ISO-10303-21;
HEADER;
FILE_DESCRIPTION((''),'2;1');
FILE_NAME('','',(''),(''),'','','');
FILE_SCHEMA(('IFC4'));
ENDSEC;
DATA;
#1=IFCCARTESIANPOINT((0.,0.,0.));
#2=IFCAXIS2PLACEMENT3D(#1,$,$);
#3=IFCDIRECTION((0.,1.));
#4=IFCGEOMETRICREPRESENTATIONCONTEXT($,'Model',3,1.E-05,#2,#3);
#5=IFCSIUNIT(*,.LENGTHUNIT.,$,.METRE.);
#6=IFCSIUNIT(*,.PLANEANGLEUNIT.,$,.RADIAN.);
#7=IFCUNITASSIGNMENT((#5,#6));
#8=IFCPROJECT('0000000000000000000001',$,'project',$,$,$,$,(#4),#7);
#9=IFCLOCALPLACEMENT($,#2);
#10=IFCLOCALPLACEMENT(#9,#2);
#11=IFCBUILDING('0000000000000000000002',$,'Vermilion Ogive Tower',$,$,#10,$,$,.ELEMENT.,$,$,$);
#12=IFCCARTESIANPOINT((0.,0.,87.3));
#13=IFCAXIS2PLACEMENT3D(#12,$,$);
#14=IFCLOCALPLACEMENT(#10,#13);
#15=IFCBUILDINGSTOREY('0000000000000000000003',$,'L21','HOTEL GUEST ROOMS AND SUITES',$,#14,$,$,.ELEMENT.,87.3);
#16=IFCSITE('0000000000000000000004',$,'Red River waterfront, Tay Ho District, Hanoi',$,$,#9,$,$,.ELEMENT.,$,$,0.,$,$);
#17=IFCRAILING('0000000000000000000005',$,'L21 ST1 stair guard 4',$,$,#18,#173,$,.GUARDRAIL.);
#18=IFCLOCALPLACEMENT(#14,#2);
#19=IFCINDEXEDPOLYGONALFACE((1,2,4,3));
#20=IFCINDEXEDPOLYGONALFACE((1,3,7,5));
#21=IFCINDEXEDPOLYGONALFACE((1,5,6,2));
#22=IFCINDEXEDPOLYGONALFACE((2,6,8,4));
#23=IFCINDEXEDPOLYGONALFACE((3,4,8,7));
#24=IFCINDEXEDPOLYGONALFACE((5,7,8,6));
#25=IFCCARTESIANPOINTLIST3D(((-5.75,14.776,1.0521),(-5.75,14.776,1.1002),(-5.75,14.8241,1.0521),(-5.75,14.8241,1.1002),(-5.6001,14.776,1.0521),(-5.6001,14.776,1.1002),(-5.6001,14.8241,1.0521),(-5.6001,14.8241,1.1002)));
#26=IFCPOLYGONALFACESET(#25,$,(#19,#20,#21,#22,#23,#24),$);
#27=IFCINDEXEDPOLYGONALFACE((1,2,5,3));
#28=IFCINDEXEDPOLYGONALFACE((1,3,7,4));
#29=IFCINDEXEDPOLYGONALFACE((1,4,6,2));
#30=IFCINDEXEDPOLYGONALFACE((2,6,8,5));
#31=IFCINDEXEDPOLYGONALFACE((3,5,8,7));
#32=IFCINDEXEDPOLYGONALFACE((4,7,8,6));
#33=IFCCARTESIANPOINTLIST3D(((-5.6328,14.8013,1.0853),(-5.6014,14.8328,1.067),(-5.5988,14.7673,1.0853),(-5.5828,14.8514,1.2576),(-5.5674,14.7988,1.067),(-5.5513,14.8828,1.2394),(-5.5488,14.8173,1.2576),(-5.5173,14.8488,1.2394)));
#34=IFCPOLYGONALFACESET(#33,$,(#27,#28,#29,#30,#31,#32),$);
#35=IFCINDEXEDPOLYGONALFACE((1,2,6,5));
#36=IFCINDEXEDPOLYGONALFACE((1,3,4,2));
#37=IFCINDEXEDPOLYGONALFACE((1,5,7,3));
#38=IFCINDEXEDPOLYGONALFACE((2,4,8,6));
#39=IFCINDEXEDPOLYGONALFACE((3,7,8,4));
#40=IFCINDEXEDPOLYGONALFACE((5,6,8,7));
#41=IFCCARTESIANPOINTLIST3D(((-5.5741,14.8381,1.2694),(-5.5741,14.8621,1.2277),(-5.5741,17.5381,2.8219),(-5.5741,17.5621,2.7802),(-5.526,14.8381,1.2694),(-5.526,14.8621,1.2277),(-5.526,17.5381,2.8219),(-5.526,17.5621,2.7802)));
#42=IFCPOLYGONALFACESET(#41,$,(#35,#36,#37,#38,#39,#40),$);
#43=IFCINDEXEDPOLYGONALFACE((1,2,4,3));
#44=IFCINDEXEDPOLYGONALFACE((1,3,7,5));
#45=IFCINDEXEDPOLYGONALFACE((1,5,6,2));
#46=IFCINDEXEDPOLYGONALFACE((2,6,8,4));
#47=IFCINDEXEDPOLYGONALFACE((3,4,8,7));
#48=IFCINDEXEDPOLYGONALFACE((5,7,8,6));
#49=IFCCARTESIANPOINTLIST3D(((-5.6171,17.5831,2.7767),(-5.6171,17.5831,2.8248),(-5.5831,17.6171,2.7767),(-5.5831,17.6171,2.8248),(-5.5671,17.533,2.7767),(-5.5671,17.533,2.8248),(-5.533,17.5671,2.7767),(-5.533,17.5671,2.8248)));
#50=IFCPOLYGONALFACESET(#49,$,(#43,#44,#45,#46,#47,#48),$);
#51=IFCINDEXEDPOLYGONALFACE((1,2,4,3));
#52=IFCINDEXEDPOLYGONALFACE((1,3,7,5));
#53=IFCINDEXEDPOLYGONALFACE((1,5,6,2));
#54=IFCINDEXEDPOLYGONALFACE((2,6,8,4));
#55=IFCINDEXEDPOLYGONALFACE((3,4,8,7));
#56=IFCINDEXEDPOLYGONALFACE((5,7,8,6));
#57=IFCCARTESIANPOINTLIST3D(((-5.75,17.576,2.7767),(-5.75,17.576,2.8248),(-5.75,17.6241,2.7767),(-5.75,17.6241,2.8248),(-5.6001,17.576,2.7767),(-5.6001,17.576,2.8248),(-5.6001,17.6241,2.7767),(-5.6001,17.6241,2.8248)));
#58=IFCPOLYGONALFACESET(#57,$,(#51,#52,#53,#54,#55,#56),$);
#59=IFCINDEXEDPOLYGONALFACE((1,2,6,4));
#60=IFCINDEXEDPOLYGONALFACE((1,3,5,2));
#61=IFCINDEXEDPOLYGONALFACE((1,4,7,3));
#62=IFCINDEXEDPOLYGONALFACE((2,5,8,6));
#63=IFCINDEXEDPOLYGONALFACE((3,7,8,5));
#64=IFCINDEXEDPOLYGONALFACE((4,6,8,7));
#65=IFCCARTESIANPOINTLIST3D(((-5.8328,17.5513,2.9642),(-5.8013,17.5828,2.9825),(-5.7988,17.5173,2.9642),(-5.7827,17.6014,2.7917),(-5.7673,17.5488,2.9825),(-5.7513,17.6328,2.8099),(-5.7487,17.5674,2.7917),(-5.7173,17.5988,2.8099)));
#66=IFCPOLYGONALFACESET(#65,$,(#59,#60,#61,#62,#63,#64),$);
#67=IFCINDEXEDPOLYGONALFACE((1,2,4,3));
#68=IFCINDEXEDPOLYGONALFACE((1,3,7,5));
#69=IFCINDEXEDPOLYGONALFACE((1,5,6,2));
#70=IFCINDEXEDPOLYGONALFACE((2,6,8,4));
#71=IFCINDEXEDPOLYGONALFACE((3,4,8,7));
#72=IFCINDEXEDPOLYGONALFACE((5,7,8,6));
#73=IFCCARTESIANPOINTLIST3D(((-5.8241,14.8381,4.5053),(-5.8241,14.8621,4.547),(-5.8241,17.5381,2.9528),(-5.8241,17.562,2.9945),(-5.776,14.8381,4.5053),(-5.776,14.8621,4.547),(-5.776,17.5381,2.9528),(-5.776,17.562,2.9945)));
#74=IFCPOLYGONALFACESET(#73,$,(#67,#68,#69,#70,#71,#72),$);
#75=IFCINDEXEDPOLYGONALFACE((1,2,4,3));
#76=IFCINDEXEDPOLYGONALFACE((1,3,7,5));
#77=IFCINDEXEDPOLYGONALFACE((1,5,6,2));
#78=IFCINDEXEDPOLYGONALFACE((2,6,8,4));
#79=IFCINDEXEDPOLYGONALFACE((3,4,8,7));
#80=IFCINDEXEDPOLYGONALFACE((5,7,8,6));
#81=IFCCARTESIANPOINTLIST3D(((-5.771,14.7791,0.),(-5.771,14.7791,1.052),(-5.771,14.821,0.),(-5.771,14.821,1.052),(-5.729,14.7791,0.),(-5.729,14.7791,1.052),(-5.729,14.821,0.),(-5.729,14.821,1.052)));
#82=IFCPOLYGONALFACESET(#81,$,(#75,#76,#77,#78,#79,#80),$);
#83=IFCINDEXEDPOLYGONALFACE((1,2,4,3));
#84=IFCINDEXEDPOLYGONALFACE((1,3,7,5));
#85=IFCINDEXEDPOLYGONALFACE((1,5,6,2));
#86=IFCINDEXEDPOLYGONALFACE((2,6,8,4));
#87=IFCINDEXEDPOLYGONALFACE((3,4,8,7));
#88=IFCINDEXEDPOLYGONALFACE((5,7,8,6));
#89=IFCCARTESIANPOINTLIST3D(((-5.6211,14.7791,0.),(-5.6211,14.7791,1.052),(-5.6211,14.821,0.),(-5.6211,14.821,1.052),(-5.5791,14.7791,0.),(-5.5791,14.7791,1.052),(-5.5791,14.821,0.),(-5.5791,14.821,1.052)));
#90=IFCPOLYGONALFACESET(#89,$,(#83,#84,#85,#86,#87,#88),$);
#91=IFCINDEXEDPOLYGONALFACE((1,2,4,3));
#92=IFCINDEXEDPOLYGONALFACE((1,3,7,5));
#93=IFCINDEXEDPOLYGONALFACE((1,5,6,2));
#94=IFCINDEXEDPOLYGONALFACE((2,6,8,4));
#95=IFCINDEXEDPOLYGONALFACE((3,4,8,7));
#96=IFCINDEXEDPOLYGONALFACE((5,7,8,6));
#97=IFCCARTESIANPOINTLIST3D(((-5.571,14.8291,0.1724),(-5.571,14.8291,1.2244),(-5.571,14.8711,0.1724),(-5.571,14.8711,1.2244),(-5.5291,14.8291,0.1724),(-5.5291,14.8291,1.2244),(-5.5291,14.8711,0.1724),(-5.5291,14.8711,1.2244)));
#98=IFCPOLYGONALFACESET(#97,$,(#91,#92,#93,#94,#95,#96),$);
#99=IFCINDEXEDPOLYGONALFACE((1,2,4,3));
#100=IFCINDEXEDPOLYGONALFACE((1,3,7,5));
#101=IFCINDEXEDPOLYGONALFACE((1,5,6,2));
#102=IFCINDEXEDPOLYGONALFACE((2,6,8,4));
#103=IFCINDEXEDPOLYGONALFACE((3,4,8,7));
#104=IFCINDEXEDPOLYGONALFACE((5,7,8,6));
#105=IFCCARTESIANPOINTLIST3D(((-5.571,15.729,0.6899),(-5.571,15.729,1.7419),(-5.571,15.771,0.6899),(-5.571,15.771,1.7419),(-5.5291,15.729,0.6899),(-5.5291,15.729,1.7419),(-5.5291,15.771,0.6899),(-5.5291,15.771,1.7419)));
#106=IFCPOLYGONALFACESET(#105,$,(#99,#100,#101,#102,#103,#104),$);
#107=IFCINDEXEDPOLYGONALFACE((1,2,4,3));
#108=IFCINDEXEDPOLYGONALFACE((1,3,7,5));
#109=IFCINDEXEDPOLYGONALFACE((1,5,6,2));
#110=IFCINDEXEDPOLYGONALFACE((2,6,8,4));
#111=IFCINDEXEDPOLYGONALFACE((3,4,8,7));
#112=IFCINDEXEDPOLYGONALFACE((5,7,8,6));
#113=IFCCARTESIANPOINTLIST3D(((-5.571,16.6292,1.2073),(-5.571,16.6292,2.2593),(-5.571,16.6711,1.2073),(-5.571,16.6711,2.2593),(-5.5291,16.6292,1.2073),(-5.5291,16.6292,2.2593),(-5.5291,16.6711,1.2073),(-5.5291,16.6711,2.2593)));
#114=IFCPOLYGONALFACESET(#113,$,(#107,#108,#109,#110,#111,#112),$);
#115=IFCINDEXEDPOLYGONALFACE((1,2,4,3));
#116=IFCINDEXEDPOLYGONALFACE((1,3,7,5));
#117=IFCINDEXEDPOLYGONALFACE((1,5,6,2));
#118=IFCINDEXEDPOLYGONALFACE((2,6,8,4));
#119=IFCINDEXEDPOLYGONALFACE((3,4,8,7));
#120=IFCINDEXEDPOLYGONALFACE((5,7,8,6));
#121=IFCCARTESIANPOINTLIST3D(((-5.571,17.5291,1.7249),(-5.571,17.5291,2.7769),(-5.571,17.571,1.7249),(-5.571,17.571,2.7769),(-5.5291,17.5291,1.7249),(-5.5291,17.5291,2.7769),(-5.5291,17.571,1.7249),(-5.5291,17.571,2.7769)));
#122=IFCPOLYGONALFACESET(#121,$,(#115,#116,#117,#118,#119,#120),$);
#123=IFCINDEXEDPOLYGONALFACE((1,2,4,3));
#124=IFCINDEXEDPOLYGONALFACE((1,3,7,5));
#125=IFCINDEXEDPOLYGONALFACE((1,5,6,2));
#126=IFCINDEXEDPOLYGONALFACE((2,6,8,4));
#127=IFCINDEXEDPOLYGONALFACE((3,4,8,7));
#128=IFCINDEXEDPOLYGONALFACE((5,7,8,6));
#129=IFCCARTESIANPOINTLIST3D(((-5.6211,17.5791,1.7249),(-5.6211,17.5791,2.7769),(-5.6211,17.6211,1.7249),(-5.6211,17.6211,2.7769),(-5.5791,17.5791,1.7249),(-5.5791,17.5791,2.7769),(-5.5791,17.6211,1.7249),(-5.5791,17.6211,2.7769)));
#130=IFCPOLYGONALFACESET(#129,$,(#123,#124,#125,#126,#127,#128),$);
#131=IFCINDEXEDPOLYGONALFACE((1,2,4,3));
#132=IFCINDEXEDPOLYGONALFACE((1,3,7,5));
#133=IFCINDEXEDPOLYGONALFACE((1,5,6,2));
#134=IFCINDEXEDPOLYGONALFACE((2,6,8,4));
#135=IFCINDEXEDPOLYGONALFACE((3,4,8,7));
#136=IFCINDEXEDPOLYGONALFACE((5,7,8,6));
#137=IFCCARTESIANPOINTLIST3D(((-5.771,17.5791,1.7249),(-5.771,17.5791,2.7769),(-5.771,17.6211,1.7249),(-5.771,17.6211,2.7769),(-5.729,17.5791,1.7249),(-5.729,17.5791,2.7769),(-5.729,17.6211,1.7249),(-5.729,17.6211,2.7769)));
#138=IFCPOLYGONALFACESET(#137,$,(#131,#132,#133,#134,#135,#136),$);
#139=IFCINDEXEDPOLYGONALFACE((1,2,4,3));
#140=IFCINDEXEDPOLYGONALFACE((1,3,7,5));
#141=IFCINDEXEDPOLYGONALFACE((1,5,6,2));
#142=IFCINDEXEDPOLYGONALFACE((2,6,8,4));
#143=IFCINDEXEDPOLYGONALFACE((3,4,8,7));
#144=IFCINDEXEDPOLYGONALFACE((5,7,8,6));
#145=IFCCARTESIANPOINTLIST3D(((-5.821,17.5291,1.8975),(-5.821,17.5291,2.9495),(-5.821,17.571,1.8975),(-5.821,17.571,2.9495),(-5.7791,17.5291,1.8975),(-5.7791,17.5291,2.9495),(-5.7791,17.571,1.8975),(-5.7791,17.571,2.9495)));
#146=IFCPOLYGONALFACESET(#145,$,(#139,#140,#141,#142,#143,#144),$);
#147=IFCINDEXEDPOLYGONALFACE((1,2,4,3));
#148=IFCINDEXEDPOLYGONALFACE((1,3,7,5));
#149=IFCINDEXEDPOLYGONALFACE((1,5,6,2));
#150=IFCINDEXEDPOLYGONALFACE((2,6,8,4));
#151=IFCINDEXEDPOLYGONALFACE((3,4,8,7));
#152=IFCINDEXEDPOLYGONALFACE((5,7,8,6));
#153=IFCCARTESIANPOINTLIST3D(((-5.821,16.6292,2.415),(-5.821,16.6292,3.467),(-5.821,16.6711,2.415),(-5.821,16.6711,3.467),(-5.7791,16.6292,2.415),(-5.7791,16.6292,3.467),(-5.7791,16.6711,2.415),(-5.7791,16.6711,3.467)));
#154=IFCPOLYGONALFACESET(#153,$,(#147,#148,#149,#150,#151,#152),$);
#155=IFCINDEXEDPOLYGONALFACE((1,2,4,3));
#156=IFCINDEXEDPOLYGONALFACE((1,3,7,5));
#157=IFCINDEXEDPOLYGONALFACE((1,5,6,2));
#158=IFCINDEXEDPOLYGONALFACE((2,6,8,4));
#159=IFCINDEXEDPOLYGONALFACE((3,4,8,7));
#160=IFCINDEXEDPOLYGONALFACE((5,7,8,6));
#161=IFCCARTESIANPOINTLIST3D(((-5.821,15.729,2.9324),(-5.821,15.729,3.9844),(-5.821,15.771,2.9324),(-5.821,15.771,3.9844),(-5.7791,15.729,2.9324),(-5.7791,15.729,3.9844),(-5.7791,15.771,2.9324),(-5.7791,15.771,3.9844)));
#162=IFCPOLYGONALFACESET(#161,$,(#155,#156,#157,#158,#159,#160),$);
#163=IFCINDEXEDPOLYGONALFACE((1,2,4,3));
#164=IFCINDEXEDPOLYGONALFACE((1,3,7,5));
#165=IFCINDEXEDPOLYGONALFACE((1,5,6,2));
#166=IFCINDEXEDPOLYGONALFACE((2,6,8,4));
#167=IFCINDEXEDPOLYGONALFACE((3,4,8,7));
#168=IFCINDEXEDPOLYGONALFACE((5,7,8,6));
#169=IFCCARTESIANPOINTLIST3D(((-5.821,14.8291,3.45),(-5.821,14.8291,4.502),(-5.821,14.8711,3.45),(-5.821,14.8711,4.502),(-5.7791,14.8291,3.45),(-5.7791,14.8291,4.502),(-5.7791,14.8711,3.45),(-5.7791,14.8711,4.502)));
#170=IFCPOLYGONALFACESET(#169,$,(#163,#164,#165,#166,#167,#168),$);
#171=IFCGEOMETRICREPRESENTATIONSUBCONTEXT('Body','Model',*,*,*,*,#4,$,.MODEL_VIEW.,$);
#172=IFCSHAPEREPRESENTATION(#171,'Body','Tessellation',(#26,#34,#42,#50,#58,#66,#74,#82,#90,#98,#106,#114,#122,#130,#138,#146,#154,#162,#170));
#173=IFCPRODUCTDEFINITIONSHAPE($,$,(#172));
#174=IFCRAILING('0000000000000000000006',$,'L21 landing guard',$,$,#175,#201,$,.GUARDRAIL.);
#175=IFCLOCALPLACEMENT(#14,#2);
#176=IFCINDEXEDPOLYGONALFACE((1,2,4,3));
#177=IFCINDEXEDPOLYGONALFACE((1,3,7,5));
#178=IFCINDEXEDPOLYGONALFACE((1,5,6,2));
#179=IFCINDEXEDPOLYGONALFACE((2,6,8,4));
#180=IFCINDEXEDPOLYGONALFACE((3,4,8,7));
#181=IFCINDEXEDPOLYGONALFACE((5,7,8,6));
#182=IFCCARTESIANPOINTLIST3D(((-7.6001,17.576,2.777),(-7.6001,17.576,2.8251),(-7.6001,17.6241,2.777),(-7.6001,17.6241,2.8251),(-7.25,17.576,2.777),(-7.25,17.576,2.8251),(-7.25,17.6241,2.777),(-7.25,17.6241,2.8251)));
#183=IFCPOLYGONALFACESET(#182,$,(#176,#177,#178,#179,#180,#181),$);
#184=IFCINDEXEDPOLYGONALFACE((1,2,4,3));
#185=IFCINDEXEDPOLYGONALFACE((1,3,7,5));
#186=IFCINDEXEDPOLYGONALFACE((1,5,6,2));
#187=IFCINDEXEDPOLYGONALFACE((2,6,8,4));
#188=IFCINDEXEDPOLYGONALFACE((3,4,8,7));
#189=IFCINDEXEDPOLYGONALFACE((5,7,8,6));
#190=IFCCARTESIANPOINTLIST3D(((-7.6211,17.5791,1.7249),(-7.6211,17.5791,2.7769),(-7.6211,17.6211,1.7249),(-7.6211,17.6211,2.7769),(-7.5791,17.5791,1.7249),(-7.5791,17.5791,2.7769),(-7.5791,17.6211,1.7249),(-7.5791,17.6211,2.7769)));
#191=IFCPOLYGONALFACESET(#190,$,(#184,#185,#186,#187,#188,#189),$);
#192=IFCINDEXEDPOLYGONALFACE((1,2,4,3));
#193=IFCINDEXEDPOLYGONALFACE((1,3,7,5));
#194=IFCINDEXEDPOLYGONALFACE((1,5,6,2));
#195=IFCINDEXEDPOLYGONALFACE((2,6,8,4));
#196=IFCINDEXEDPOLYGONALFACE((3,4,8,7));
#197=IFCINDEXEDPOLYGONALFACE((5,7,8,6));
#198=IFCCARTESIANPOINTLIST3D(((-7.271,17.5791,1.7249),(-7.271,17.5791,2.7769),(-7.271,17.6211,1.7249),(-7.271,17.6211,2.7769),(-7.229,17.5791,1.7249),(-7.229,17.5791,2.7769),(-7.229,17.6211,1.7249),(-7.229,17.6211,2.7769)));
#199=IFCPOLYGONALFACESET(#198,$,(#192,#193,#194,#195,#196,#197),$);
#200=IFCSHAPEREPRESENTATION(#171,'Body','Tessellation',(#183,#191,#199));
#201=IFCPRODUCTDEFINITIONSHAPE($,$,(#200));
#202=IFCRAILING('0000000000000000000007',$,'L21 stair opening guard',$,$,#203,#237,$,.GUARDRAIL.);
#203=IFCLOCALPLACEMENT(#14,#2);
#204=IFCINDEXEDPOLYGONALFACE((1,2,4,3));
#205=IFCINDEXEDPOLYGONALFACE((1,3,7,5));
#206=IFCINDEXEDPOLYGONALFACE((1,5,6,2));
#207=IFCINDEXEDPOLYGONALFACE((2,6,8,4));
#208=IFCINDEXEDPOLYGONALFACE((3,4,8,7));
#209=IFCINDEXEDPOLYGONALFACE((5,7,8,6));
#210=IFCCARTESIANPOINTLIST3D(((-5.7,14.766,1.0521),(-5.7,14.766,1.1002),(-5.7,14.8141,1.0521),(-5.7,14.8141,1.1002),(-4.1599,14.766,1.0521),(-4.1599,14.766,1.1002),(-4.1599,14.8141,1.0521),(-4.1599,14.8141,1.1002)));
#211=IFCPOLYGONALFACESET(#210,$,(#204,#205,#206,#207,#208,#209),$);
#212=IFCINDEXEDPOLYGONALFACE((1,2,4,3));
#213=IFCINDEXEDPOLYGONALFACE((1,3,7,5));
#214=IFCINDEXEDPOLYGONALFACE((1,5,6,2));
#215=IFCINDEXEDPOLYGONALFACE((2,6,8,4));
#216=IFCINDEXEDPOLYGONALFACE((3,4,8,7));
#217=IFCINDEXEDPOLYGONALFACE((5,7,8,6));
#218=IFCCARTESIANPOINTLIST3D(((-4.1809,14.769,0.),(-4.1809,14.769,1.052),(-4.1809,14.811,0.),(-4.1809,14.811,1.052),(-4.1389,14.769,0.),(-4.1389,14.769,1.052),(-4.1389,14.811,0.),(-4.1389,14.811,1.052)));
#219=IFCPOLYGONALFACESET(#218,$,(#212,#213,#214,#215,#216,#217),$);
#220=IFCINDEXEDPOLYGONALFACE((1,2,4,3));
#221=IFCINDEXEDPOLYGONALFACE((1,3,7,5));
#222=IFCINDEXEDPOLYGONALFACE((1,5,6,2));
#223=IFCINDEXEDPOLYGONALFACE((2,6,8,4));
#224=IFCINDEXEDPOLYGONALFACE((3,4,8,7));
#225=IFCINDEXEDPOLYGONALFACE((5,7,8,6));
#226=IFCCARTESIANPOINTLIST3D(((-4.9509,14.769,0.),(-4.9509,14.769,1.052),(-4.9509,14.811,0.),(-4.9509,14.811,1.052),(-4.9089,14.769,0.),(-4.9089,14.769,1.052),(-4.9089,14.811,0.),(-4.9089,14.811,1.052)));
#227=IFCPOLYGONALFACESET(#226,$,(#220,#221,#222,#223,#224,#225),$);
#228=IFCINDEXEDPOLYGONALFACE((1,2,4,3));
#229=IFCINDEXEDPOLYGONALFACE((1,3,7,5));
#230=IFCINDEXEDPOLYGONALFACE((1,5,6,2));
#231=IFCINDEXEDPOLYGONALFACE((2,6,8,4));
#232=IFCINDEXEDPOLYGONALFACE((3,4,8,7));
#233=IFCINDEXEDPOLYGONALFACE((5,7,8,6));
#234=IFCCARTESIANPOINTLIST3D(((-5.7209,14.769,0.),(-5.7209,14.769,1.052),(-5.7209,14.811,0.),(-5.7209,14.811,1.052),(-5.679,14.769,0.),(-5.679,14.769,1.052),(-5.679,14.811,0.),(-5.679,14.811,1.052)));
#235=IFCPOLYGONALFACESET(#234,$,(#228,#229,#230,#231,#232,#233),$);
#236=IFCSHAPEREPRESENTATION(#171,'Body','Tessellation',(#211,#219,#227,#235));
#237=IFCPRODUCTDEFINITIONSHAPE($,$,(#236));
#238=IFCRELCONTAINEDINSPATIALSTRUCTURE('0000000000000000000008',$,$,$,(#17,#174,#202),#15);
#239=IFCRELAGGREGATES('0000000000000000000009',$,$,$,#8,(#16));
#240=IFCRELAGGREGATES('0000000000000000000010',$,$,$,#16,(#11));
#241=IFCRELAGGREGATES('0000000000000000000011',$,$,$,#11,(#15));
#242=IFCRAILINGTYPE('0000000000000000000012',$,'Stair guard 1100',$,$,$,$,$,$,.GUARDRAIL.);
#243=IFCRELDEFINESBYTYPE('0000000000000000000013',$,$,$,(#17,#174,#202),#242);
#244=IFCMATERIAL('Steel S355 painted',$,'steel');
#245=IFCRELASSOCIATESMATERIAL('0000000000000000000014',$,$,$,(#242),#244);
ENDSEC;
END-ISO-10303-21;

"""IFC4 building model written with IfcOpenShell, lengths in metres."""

from ifc_helpers import new_model, si_unit, direction, frame, origin, origin_2d, place, context, subcontext, project, spatial, rectangle, extrude, material, type_object, element, save


model = new_model("IFC4")

# Units and contexts
model_context = context("Model", 3, precision=1e-05, world=origin(), true_north=direction((0.0, 1.0)))
body_context = subcontext(model_context, "Body", "Model", "MODEL_VIEW")
ifc_project = project(units=[si_unit("LENGTHUNIT", "METRE"), si_unit("PLANEANGLEUNIT", "RADIAN")], contexts=[model_context])

# Site, building, storey
site_placement = place(None, origin())
site = spatial("IfcSite", under=ifc_project, at=site_placement, Name="Red River waterfront, Tay Ho District, Hanoi", CompositionType="ELEMENT", RefElevation=0.0)
building_placement = place(site_placement, origin())
building = spatial("IfcBuilding", under=site, at=building_placement, Name="Vermilion Ogive Tower", CompositionType="ELEMENT")
storey_placement = place(building_placement, frame((0.0, 0.0, 87.3)))
storey = spatial("IfcBuildingStorey", under=building, at=storey_placement, Name="L21", Description="HOTEL GUEST ROOMS AND SUITES", CompositionType="ELEMENT", Elevation=87.3)

# Railings
ifc_material_1 = material(Name="Steel S355 painted", Category="steel")
railing_type_1 = type_object("IfcRailingType", Name="Stair guard 1100", PredefinedType="GUARDRAIL", material=ifc_material_1)
railing_1_placement = place(storey_placement, frame((-5.75, 14.8, 0.0)))
element("IfcRailing", 1, at=railing_1_placement, inside=storey, type_object=railing_type_1, Name="L21 ST1 stair guard 4", PredefinedType="GUARDRAIL", context=body_context, shape_type="SweptSolid", body=[
    extrude(rectangle(XDim=0.0481, YDim=0.0481, at=origin_2d()), frame((0.0, 0.0, 1.0762), z_axis=(1.0, 0.0, 0.0), x_axis=(0.0, 1.0, 0.0)), (0.0, 0.0, 1.0), 0.1499),
    extrude(rectangle(XDim=0.0481, YDim=0.0481, at=origin_2d()), frame((0.1499, 0.0, 1.0762), z_axis=(0.268603, 0.268603, 0.925043), x_axis=(-0.707107, 0.707107, 0.0)), (0.0, 0.0, 1.0), 0.1863),
    extrude(rectangle(XDim=0.0481, YDim=0.0481, at=origin_2d()), frame((0.2, 0.05, 1.2485), z_axis=(0.0, 0.866904, 0.498476), x_axis=(-1.0, 0.0, 0.0)), (0.0, 0.0, 1.0), 3.1145),
    extrude(rectangle(XDim=0.0481, YDim=0.0481, at=origin_2d()), frame((0.2, 2.75, 2.8008), z_axis=(-0.707107, 0.707107, 0.0), x_axis=(-0.707107, -0.707107, 0.0)), (0.0, 0.0, 1.0), 0.0708),
    extrude(rectangle(XDim=0.0481, YDim=0.0481, at=origin_2d()), frame((0.1499, 2.8, 2.8008), z_axis=(-1.0, 0.0, 0.0), x_axis=(0.0, -1.0, 0.0)), (0.0, 0.0, 1.0), 0.1499),
    extrude(rectangle(XDim=0.0481, YDim=0.0481, at=origin_2d()), frame((0.0, 2.8, 2.8008), z_axis=(-0.268278, -0.268278, 0.925232), x_axis=(0.707107, -0.707107, 0.0)), (0.0, 0.0, 1.0), 0.1865),
    extrude(rectangle(XDim=0.0481, YDim=0.0481, at=origin_2d()), frame((-0.05, 2.75, 2.9736), z_axis=(0.0, -0.866904, 0.498476), x_axis=(1.0, 0.0, 0.0)), (0.0, 0.0, 1.0), 3.1145),
    extrude(rectangle(XDim=0.042, YDim=0.042, at=origin_2d()), origin(), (0.0, 0.0, 1.0), 1.052),
    extrude(rectangle(XDim=0.042, YDim=0.042, at=origin_2d()), frame((0.1499, 0.0, 0.0)), (0.0, 0.0, 1.0), 1.052),
    extrude(rectangle(XDim=0.042, YDim=0.042, at=origin_2d()), frame((0.2, 0.05, 0.1724)), (0.0, 0.0, 1.0), 1.052),
    extrude(rectangle(XDim=0.042, YDim=0.042, at=origin_2d()), frame((0.2, 0.95, 0.6899)), (0.0, 0.0, 1.0), 1.052),
    extrude(rectangle(XDim=0.042, YDim=0.042, at=origin_2d()), frame((0.2, 1.8501, 1.2073)), (0.0, 0.0, 1.0), 1.052),
    extrude(rectangle(XDim=0.042, YDim=0.042, at=origin_2d()), frame((0.2, 2.75, 1.7249)), (0.0, 0.0, 1.0), 1.052),
    extrude(rectangle(XDim=0.042, YDim=0.042, at=origin_2d()), frame((0.1499, 2.8, 1.7249)), (0.0, 0.0, 1.0), 1.052),
    extrude(rectangle(XDim=0.042, YDim=0.042, at=origin_2d()), frame((0.0, 2.8, 1.7249)), (0.0, 0.0, 1.0), 1.052),
    extrude(rectangle(XDim=0.042, YDim=0.042, at=origin_2d()), frame((-0.05, 2.75, 1.8975)), (0.0, 0.0, 1.0), 1.052),
    extrude(rectangle(XDim=0.042, YDim=0.042, at=origin_2d()), frame((-0.05, 1.8501, 2.415)), (0.0, 0.0, 1.0), 1.052),
    extrude(rectangle(XDim=0.042, YDim=0.042, at=origin_2d()), frame((-0.05, 0.95, 2.9324)), (0.0, 0.0, 1.0), 1.052),
    extrude(rectangle(XDim=0.042, YDim=0.042, at=origin_2d()), frame((-0.05, 0.05, 3.45)), (0.0, 0.0, 1.0), 1.052),
])
railing_2_placement = place(storey_placement, frame((-7.6001, 17.6001, 1.7249)))
element("IfcRailing", 2, at=railing_2_placement, inside=storey, type_object=railing_type_1, Name="L21 landing guard", PredefinedType="GUARDRAIL", context=body_context, shape_type="SweptSolid", body=[
    extrude(rectangle(XDim=0.0481, YDim=0.0481, at=origin_2d()), frame((0.0, 0.0, 1.0762), z_axis=(1.0, 0.0, 0.0), x_axis=(0.0, 1.0, 0.0)), (0.0, 0.0, 1.0), 0.3501),
    extrude(rectangle(XDim=0.042, YDim=0.042, at=origin_2d()), origin(), (0.0, 0.0, 1.0), 1.052),
    extrude(rectangle(XDim=0.042, YDim=0.042, at=origin_2d()), frame((0.3501, 0.0, 0.0)), (0.0, 0.0, 1.0), 1.052),
])
railing_3_placement = place(storey_placement, frame((-4.1599, 14.79, 0.0)))
element("IfcRailing", 3, at=railing_3_placement, inside=storey, type_object=railing_type_1, Name="L21 stair opening guard", PredefinedType="GUARDRAIL", context=body_context, shape_type="SweptSolid", body=[
    extrude(rectangle(XDim=0.0481, YDim=0.0481, at=origin_2d()), frame((0.0, 0.0, 1.0762), z_axis=(-1.0, 0.0, 0.0), x_axis=(0.0, -1.0, 0.0)), (0.0, 0.0, 1.0), 1.54),
    extrude(rectangle(XDim=0.042, YDim=0.042, at=origin_2d()), origin(), (0.0, 0.0, 1.0), 1.052),
    extrude(rectangle(XDim=0.042, YDim=0.042, at=origin_2d()), frame((-0.77, 0.0, 0.0)), (0.0, 0.0, 1.0), 1.052),
    extrude(rectangle(XDim=0.042, YDim=0.042, at=origin_2d()), frame((-1.54, 0.0, 0.0)), (0.0, 0.0, 1.0), 1.052),
])

save(model, "model.ifc")
